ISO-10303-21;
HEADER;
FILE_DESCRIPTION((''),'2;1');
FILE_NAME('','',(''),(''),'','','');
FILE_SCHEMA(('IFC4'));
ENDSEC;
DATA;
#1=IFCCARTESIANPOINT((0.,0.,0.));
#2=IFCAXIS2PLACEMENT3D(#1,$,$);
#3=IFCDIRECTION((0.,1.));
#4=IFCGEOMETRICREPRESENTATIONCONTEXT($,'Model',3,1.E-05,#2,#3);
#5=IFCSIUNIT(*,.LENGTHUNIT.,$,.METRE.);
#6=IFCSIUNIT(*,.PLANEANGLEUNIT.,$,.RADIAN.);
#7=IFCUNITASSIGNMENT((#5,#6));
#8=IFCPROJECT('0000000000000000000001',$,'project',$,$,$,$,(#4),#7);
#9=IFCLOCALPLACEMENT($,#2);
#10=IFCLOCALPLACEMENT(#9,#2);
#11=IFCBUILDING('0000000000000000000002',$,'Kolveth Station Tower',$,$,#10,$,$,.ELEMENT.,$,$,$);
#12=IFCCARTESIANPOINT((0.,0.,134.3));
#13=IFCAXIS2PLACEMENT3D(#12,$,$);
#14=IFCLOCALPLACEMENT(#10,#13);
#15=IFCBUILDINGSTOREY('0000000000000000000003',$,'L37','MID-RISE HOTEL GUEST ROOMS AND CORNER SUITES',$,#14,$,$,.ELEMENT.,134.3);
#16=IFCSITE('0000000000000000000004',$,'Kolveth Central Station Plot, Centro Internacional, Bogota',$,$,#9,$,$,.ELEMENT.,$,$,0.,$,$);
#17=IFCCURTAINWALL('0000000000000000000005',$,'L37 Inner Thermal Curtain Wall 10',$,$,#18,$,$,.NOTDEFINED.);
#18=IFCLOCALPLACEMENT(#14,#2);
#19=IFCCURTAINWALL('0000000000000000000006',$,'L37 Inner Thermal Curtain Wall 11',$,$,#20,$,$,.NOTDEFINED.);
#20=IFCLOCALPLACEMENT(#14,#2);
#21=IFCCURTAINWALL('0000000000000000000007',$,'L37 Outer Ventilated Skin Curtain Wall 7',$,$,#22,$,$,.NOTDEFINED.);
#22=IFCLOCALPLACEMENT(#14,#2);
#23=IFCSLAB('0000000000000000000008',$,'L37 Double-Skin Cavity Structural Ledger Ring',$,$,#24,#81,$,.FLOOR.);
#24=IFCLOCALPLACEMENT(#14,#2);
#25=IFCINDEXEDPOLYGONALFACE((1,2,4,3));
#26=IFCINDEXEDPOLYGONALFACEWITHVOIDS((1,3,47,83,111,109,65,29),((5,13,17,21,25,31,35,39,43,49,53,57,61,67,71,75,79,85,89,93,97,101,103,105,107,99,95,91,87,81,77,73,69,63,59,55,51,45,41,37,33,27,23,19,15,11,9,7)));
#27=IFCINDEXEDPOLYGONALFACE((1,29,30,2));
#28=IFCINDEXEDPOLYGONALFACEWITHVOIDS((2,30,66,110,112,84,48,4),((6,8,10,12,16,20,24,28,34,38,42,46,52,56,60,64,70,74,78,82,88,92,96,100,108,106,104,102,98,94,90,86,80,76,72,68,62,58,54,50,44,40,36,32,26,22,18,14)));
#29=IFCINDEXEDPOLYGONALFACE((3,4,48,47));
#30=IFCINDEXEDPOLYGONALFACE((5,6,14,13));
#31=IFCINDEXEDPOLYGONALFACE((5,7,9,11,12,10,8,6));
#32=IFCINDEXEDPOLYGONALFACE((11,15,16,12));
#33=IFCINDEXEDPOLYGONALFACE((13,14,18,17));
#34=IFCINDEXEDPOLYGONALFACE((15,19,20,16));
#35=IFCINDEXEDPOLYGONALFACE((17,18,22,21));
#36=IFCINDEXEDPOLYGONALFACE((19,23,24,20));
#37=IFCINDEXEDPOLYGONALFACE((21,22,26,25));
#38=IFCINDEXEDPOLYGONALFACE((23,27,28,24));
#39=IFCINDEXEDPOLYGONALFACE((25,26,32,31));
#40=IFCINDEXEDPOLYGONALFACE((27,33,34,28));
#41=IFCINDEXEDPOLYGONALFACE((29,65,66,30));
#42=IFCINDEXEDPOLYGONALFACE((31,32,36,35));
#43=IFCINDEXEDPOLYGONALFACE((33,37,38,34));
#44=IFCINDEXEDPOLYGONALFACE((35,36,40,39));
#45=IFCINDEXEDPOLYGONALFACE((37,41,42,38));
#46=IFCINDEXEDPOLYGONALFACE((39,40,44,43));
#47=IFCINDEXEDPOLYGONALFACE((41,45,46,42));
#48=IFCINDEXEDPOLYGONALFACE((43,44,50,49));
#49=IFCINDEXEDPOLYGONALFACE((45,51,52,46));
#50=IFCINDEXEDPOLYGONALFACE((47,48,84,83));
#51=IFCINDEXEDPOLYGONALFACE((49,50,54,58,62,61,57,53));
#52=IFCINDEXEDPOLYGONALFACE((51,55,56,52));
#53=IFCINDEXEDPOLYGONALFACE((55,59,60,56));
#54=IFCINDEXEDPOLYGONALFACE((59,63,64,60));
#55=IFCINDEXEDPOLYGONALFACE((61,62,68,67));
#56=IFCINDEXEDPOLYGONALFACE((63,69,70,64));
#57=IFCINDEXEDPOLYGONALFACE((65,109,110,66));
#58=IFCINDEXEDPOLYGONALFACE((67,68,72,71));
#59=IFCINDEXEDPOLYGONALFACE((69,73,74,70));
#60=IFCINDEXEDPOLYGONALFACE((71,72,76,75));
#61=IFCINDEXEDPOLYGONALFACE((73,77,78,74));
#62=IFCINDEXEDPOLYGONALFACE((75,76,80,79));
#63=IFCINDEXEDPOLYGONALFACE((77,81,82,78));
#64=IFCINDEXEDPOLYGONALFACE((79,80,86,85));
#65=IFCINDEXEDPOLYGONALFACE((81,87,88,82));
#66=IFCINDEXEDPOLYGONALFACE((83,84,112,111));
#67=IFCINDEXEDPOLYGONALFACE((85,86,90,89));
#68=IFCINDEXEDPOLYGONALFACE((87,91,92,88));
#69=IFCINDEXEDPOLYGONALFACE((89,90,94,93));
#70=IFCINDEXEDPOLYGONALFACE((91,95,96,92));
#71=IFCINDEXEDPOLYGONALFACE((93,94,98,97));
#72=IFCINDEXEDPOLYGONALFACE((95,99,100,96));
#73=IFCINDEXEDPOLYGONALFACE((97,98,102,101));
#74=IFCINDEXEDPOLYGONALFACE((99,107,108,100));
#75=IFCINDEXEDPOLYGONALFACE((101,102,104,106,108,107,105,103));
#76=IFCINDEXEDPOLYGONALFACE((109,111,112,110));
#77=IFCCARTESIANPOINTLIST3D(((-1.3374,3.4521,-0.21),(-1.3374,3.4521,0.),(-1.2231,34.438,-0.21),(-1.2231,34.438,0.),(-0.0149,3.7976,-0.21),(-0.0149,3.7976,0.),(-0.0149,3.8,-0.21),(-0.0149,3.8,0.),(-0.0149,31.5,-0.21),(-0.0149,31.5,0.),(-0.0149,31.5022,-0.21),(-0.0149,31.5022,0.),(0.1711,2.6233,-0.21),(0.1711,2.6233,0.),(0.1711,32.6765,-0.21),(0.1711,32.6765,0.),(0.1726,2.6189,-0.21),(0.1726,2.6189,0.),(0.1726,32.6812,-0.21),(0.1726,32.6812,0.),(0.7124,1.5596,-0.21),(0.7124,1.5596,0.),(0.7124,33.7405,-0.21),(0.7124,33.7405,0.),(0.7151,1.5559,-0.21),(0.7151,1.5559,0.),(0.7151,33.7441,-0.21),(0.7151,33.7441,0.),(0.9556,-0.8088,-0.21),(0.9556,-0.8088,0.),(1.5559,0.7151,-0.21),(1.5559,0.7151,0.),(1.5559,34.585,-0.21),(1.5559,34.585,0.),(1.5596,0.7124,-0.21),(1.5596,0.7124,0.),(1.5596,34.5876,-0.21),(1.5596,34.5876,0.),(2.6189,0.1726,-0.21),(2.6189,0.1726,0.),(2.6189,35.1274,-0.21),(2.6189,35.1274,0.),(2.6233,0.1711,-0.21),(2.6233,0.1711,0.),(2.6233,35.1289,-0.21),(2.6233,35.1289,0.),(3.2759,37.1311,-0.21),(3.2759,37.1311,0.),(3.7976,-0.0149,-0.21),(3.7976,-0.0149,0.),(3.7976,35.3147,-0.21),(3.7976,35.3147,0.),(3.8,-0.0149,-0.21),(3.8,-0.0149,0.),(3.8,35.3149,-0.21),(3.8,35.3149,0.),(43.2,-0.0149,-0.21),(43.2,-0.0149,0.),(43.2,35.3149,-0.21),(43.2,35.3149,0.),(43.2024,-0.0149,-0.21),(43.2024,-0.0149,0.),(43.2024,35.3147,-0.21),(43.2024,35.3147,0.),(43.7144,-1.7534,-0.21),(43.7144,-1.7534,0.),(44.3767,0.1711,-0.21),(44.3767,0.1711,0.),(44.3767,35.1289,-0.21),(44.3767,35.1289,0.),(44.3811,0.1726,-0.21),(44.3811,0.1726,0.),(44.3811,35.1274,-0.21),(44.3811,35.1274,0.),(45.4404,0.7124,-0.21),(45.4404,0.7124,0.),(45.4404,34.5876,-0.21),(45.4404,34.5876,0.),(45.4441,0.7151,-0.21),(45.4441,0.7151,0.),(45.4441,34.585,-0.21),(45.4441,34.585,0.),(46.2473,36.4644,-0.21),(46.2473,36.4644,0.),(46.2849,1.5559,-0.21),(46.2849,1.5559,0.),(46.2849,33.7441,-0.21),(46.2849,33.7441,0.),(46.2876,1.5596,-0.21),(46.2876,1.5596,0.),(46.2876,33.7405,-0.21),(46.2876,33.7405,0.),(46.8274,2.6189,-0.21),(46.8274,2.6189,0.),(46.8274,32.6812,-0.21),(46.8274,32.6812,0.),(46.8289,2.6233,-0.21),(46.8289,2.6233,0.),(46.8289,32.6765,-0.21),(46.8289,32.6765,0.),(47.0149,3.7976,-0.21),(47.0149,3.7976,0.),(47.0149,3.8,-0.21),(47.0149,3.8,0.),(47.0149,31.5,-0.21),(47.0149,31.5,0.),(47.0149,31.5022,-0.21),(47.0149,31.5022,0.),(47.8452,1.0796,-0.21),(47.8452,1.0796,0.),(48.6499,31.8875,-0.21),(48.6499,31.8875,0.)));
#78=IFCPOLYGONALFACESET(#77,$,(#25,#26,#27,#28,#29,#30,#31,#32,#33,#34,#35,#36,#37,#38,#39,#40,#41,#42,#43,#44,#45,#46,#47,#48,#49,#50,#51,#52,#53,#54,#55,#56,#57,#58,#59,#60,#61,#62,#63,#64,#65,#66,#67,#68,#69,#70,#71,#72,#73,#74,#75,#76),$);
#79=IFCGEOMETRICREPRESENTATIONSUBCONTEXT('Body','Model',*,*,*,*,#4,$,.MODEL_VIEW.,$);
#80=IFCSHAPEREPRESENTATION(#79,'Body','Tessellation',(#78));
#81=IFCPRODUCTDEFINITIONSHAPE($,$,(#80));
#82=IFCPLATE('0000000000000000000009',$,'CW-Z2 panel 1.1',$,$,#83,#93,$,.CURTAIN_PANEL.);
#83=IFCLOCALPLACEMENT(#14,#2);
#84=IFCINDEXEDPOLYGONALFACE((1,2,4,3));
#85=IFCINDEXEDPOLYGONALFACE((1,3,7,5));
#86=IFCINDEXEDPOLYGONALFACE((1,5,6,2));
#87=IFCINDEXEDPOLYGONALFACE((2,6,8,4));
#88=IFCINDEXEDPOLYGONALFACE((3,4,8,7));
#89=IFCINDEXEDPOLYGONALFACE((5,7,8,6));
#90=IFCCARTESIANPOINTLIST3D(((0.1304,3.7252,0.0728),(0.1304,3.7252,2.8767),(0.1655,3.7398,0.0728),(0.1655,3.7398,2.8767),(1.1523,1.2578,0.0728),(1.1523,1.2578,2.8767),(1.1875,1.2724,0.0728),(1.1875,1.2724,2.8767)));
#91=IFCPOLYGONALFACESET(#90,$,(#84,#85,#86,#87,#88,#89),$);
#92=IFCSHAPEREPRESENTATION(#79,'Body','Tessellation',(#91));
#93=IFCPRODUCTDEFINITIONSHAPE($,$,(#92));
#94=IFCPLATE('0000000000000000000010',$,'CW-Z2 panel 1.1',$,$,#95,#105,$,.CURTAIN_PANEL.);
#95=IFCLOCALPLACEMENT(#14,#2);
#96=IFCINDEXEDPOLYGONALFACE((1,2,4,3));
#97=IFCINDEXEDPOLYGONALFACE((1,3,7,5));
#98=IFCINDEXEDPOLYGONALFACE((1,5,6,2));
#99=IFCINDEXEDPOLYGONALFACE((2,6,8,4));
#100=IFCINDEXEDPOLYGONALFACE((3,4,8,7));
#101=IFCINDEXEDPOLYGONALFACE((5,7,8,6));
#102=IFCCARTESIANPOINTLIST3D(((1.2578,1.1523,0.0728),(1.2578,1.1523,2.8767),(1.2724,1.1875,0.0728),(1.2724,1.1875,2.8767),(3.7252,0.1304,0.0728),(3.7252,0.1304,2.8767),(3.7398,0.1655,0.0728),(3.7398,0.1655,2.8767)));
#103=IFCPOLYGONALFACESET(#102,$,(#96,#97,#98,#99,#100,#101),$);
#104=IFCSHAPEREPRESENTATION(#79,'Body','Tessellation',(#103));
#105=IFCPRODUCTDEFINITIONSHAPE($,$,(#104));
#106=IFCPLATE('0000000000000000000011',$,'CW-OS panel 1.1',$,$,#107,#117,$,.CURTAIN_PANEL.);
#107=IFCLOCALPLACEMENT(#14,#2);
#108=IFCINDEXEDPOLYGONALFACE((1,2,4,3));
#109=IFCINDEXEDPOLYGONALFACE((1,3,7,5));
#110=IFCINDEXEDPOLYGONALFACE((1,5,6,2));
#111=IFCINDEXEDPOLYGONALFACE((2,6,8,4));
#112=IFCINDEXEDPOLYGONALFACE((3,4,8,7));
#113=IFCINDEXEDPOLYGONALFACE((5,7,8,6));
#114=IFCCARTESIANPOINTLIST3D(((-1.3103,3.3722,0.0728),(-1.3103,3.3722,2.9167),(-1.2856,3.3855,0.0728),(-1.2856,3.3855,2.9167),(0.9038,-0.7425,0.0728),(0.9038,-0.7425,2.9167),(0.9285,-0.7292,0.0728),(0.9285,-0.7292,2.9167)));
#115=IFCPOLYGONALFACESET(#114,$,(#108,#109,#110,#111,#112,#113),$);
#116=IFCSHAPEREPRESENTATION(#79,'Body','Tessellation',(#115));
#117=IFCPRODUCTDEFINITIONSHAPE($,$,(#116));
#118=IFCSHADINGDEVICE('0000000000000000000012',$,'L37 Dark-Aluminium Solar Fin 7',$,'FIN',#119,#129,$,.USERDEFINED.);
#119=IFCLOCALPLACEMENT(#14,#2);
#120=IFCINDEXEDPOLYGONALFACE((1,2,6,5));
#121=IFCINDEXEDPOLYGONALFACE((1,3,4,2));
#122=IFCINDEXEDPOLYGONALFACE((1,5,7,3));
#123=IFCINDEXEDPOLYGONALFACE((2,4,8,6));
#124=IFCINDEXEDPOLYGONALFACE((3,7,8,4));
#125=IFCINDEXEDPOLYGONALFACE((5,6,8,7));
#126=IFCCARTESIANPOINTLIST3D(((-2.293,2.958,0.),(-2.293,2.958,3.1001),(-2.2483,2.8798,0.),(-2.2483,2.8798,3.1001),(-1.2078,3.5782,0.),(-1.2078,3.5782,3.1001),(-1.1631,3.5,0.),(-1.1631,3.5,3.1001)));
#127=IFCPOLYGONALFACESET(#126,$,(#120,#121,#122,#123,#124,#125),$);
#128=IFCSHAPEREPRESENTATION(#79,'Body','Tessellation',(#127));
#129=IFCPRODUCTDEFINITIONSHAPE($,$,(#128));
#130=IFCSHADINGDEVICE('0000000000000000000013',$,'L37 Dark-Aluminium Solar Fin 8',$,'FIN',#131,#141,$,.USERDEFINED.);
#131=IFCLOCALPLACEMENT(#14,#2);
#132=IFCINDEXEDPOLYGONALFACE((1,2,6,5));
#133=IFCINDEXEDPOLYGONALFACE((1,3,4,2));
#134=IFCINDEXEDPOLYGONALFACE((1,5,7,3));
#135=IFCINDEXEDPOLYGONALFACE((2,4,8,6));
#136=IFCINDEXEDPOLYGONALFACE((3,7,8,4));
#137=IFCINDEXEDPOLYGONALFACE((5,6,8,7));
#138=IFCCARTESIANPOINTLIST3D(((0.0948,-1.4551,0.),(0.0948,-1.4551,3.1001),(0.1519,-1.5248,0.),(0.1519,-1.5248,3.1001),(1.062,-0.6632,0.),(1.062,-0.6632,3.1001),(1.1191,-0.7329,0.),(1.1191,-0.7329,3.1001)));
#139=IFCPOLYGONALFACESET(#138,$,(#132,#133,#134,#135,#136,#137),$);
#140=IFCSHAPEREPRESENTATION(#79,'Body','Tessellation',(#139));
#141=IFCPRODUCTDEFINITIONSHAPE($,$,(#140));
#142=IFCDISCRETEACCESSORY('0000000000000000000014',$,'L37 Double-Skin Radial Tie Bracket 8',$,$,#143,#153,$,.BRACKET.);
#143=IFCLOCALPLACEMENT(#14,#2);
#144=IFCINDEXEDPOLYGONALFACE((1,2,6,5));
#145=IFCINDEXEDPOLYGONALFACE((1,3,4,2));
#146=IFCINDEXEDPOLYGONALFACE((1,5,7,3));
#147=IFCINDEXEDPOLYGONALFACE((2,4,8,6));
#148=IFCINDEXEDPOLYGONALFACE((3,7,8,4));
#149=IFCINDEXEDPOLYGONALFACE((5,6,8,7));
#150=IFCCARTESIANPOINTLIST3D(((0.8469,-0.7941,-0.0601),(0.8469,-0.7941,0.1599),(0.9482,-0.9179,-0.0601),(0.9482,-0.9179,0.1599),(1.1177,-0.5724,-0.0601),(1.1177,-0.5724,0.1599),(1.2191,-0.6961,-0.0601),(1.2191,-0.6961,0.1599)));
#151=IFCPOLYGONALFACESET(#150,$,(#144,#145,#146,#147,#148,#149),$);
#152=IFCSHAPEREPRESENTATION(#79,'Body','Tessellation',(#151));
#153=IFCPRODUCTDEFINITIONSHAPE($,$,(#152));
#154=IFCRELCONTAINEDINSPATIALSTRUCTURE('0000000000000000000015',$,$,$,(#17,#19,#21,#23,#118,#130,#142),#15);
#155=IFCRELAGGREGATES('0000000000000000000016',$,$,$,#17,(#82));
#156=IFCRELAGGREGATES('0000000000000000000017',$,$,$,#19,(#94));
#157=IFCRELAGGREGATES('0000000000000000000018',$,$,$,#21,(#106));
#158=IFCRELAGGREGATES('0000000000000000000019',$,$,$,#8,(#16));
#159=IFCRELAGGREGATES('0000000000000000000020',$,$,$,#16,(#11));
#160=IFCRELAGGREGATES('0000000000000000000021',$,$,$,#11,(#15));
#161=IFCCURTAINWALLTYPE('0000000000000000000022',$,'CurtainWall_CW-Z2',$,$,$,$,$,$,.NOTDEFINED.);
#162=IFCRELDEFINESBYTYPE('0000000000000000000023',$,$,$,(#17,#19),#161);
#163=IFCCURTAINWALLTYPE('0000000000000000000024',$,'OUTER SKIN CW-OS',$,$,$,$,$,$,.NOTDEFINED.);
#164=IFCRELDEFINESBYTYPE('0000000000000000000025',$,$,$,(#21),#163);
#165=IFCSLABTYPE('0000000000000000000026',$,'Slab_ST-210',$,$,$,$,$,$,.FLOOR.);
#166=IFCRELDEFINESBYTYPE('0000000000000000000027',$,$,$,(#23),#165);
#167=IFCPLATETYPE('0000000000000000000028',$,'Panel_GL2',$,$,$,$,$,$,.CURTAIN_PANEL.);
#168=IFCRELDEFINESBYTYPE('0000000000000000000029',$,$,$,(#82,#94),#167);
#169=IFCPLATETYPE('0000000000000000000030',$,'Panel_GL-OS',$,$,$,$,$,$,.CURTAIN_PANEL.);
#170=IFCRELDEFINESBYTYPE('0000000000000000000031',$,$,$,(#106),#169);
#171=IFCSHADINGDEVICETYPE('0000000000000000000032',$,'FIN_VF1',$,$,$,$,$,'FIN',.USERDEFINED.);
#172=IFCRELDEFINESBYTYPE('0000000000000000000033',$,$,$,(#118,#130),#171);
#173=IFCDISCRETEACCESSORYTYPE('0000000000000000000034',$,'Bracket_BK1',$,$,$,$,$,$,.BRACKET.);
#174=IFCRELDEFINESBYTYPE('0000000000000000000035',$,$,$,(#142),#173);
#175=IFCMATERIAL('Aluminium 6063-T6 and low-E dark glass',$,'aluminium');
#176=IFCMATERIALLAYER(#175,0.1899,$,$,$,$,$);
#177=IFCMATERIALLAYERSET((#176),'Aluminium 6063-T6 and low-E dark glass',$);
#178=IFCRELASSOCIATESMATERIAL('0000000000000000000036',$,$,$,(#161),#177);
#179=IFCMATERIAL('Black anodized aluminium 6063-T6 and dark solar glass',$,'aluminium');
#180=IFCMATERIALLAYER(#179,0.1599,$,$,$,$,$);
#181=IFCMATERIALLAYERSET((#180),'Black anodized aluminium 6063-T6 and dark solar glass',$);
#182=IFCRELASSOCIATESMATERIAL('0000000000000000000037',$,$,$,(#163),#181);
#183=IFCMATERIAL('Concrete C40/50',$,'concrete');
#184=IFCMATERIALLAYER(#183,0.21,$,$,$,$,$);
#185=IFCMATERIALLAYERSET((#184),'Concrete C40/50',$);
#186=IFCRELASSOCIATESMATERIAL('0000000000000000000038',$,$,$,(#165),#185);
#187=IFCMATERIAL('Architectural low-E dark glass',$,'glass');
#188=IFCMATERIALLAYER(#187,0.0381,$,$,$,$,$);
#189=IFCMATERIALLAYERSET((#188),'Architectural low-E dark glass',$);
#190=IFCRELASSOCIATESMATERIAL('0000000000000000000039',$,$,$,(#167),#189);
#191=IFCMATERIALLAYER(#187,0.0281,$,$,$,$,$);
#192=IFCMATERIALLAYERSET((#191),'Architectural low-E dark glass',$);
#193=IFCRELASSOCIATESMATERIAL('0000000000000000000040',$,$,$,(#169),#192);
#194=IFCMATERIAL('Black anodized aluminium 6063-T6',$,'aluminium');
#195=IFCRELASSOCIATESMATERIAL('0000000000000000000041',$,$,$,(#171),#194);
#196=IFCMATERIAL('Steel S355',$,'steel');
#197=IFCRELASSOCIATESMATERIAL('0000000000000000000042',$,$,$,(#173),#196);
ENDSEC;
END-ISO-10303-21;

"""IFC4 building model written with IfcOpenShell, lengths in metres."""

from ifc_helpers import new_model, si_unit, direction, frame, origin, origin_2d, place, context, subcontext, project, spatial, polyline, rectangle, outline, extrude, source, transform, mapped, material, layer, layer_set, type_object, element, aggregate, save


model = new_model("IFC4")

# Units and contexts
model_context = context("Model", 3, precision=1e-05, world=origin(), true_north=direction((0.0, 1.0)))
body_context = subcontext(model_context, "Body", "Model", "MODEL_VIEW")
ifc_project = project(units=[si_unit("LENGTHUNIT", "METRE"), si_unit("PLANEANGLEUNIT", "RADIAN")], contexts=[model_context])

# Site, building, storey
site_placement = place(None, origin())
site = spatial("IfcSite", under=ifc_project, at=site_placement, Name="Kolveth Central Station Plot, Centro Internacional, Bogota", CompositionType="ELEMENT", RefElevation=0.0)
building_placement = place(site_placement, origin())
building = spatial("IfcBuilding", under=site, at=building_placement, Name="Kolveth Station Tower", CompositionType="ELEMENT")
storey_placement = place(building_placement, frame((0.0, 0.0, 134.3)))
storey = spatial("IfcBuildingStorey", under=building, at=storey_placement, Name="L37", Description="MID-RISE HOTEL GUEST ROOMS AND CORNER SUITES", CompositionType="ELEMENT", Elevation=134.3)

# Curtain wall
ifc_material_1 = material(Name="Aluminium 6063-T6 and low-E dark glass", Category="aluminium")
ifc_layer_1 = layer(ifc_material_1, 0.1899)
ifc_layer_set_1 = layer_set([ifc_layer_1], Name="Aluminium 6063-T6 and low-E dark glass")
curtain_wall_type_1 = type_object("IfcCurtainWallType", Name="CurtainWall_CW-Z2", PredefinedType="NOTDEFINED", material=ifc_layer_set_1)
curtain_wall_1_placement = place(storey_placement, origin())
curtain_wall_1 = element("IfcCurtainWall", 1, at=curtain_wall_1_placement, inside=storey, type_object=curtain_wall_type_1, Name="L37 Inner Thermal Curtain Wall 10", PredefinedType="NOTDEFINED")
ifc_material_2 = material(Name="Black anodized aluminium 6063-T6", Category="aluminium")

# Curtain wall
curtain_wall_2_placement = place(storey_placement, origin())
curtain_wall_2 = element("IfcCurtainWall", 2, at=curtain_wall_2_placement, inside=storey, type_object=curtain_wall_type_1, Name="L37 Inner Thermal Curtain Wall 11", PredefinedType="NOTDEFINED")

# Curtain wall
ifc_material_3 = material(Name="Black anodized aluminium 6063-T6 and dark solar glass", Category="aluminium")
ifc_layer_2 = layer(ifc_material_3, 0.1599)
ifc_layer_set_2 = layer_set([ifc_layer_2], Name="Black anodized aluminium 6063-T6 and dark solar glass")
curtain_wall_type_2 = type_object("IfcCurtainWallType", Name="OUTER SKIN CW-OS", PredefinedType="NOTDEFINED", material=ifc_layer_set_2)
curtain_wall_3_placement = place(storey_placement, origin())
curtain_wall_3 = element("IfcCurtainWall", 3, at=curtain_wall_3_placement, inside=storey, type_object=curtain_wall_type_2, Name="L37 Outer Ventilated Skin Curtain Wall 7", PredefinedType="NOTDEFINED")

# Shared definitions
ifc_material_4 = material(Name="Concrete C40/50", Category="concrete")

# Slab
ifc_layer_3 = layer(ifc_material_4, 0.21)
ifc_layer_set_3 = layer_set([ifc_layer_3], Name="Concrete C40/50")
slab_type_1 = type_object("IfcSlabType", Name="Slab_ST-210", PredefinedType="FLOOR", material=ifc_layer_set_3)
slab_1_placement = place(storey_placement, frame((0.0, 0.0, -0.21)))
element("IfcSlab", 4, at=slab_1_placement, inside=storey, type_object=slab_type_1, Name="L37 Double-Skin Cavity Structural Ledger Ring", PredefinedType="FLOOR", context=body_context, shape_type="SweptSolid", body=[
    extrude(outline(polyline([(0.9556, -0.8088), (-1.3374, 3.4521), (-1.2231, 34.438), (3.2759, 37.1311), (46.2473, 36.4644), (48.6499, 31.8875), (47.8452, 1.0796), (43.7144, -1.7534), (0.9556, -0.8088)]), holes=[polyline([(43.2024, -0.0149), (44.3767, 0.1711), (44.3811, 0.1726), (45.4404, 0.7124), (45.4441, 0.7151), (46.2849, 1.5559), (46.2876, 1.5596), (46.8274, 2.6189), (46.8289, 2.6233), (47.0149, 3.7976), (47.0149, 3.8), (47.0149, 31.5), (47.0149, 31.5022), (46.8289, 32.6765), (46.8274, 32.6812), (46.2876, 33.7405), (46.2849, 33.7441), (45.4441, 34.585), (45.4404, 34.5876), (44.3811, 35.1274), (44.3767, 35.1289), (43.2024, 35.3147), (43.2, 35.3149), (3.8, 35.3149), (3.7976, 35.3147), (2.6233, 35.1289), (2.6189, 35.1274), (1.5596, 34.5876), (1.5559, 34.585), (0.7151, 33.7441), (0.7124, 33.7405), (0.1726, 32.6812), (0.1711, 32.6765), (-0.0149, 31.5022), (-0.0149, 31.5), (-0.0149, 3.8), (-0.0149, 3.7976), (0.1711, 2.6233), (0.1726, 2.6189), (0.7124, 1.5596), (0.7151, 1.5559), (1.5559, 0.7151), (1.5596, 0.7124), (2.6189, 0.1726), (2.6233, 0.1711), (3.7976, -0.0149), (3.8, -0.0149), (43.2, -0.0149), (43.2024, -0.0149)])]), origin(), (0.0, 0.0, 1.0), 0.21),
])

# Plates
ifc_material_5 = material(Name="Architectural low-E dark glass", Category="glass")
ifc_layer_4 = layer(ifc_material_5, 0.0381)
ifc_layer_set_4 = layer_set([ifc_layer_4], Name="Architectural low-E dark glass")
plate_type_1 = type_object("IfcPlateType", Name="Panel_GL2", PredefinedType="CURTAIN_PANEL", material=ifc_layer_set_4)
shared_shape_1 = source(origin(), body_context, "Body", "SweptSolid", [
    extrude(rectangle(XDim=2.6707, YDim=0.0381, at=origin_2d()), origin(), (0.0, 0.0, 1.0), 2.804),
])
plate_1_placement = place(storey_placement, frame((0.6589, 2.4988, 0.0728), z_axis=(0.0, 0.0, 1.0), x_axis=(0.382663, -0.923888, 0.0)))
plate_1 = element("IfcPlate", 5, at=plate_1_placement, type_object=plate_type_1, Name="CW-Z2 panel 1.1", PredefinedType="CURTAIN_PANEL", context=body_context, shape_type="MappedRepresentation", body=[
    mapped(shared_shape_1, transform((0.0, 0.0, 0.0), x_axis=(1.0, 0.0, 0.0), y_axis=(0.0, 1.0, 0.0), z_axis=(0.0, 0.0, 1.0), scale=1.0)),
])
aggregate(curtain_wall_1, [plate_1])
plate_2_placement = place(storey_placement, frame((2.4988, 0.6589, 0.0728), z_axis=(0.0, 0.0, 1.0), x_axis=(0.923888, -0.382663, 0.0)))
plate_2 = element("IfcPlate", 6, at=plate_2_placement, type_object=plate_type_1, Name="CW-Z2 panel 1.1", PredefinedType="CURTAIN_PANEL", context=body_context, shape_type="MappedRepresentation", body=[
    mapped(shared_shape_1, transform((0.0, 0.0, 0.0), x_axis=(1.0, 0.0, 0.0), y_axis=(0.0, 1.0, 0.0), z_axis=(0.0, 0.0, 1.0), scale=1.0)),
])
aggregate(curtain_wall_2, [plate_2])
ifc_layer_5 = layer(ifc_material_5, 0.0281)
ifc_layer_set_5 = layer_set([ifc_layer_5], Name="Architectural low-E dark glass")
plate_type_2 = type_object("IfcPlateType", Name="Panel_GL-OS", PredefinedType="CURTAIN_PANEL", material=ifc_layer_set_5)
shared_shape_2 = source(origin(), body_context, "Body", "SweptSolid", [
    extrude(rectangle(XDim=4.6726, YDim=0.0281, at=origin_2d()), origin(), (0.0, 0.0, 1.0), 2.844),
])
plate_3_placement = place(storey_placement, frame((-0.1909, 1.3215, 0.0728), z_axis=(0.0, 0.0, 1.0), x_axis=(0.473855, -0.880603, 0.0)))
plate_3 = element("IfcPlate", 7, at=plate_3_placement, type_object=plate_type_2, Name="CW-OS panel 1.1", PredefinedType="CURTAIN_PANEL", context=body_context, shape_type="MappedRepresentation", body=[
    mapped(shared_shape_2, transform((0.0, 0.0, 0.0), x_axis=(1.0, 0.0, 0.0), y_axis=(0.0, 1.0, 0.0), z_axis=(0.0, 0.0, 1.0), scale=1.0)),
])
aggregate(curtain_wall_3, [plate_3])

# Shading devices
shading_device_type = type_object("IfcShadingDeviceType", Name="FIN_VF1", ElementType="FIN", PredefinedType="USERDEFINED", material=ifc_material_2)
shared_shape_3 = source(origin(), body_context, "Body", "SweptSolid", [
    extrude(rectangle(XDim=1.25, YDim=0.0901, at=origin_2d()), origin(), (0.0, 0.0, 1.0), 3.1001),
])
for number, where, z_axis, x_axis, name in (
    (8, (-1.728, 3.229, 0.0), (0.0, 0.0, 1.0), (-0.868199, -0.496217, 0.0), "L37 Dark-Aluminium Solar Fin 7"),
    (9, (0.6069, -1.094, 0.0), (0.0, 0.0, 1.0), (-0.77373, -0.633516, 0.0), "L37 Dark-Aluminium Solar Fin 8"),
):
    element("IfcShadingDevice", number, at=place(storey_placement, frame(where, z_axis=z_axis, x_axis=x_axis)), inside=storey, type_object=shading_device_type, Name=name, ObjectType="FIN", PredefinedType="USERDEFINED", context=body_context, shape_type="MappedRepresentation", body=[
        mapped(shared_shape_3, transform((0.0, 0.0, 0.0), x_axis=(1.0, 0.0, 0.0), y_axis=(0.0, 1.0, 0.0), z_axis=(0.0, 0.0, 1.0), scale=1.0)),
    ])

# Discrete accessory
ifc_material_6 = material(Name="Steel S355", Category="steel")
discrete_accessory_type = type_object("IfcDiscreteAccessoryType", Name="Bracket_BK1", PredefinedType="BRACKET", material=ifc_material_6)
shared_shape_4 = source(origin(), body_context, "Body", "SweptSolid", [
    extrude(rectangle(XDim=0.3501, YDim=0.1599, at=origin_2d()), origin(), (0.0, 0.0, 1.0), 0.22),
])
discrete_accessory_placement = place(storey_placement, frame((1.033, -0.7451, -0.0601), z_axis=(0.0, 0.0, 1.0), x_axis=(-0.77373, -0.633516, 0.0)))
element("IfcDiscreteAccessory", 10, at=discrete_accessory_placement, inside=storey, type_object=discrete_accessory_type, Name="L37 Double-Skin Radial Tie Bracket 8", PredefinedType="BRACKET", context=body_context, shape_type="MappedRepresentation", body=[
    mapped(shared_shape_4, transform((0.0, 0.0, 0.0), x_axis=(1.0, 0.0, 0.0), y_axis=(0.0, 1.0, 0.0), z_axis=(0.0, 0.0, 1.0), scale=1.0)),
])

save(model, "model.ifc")
